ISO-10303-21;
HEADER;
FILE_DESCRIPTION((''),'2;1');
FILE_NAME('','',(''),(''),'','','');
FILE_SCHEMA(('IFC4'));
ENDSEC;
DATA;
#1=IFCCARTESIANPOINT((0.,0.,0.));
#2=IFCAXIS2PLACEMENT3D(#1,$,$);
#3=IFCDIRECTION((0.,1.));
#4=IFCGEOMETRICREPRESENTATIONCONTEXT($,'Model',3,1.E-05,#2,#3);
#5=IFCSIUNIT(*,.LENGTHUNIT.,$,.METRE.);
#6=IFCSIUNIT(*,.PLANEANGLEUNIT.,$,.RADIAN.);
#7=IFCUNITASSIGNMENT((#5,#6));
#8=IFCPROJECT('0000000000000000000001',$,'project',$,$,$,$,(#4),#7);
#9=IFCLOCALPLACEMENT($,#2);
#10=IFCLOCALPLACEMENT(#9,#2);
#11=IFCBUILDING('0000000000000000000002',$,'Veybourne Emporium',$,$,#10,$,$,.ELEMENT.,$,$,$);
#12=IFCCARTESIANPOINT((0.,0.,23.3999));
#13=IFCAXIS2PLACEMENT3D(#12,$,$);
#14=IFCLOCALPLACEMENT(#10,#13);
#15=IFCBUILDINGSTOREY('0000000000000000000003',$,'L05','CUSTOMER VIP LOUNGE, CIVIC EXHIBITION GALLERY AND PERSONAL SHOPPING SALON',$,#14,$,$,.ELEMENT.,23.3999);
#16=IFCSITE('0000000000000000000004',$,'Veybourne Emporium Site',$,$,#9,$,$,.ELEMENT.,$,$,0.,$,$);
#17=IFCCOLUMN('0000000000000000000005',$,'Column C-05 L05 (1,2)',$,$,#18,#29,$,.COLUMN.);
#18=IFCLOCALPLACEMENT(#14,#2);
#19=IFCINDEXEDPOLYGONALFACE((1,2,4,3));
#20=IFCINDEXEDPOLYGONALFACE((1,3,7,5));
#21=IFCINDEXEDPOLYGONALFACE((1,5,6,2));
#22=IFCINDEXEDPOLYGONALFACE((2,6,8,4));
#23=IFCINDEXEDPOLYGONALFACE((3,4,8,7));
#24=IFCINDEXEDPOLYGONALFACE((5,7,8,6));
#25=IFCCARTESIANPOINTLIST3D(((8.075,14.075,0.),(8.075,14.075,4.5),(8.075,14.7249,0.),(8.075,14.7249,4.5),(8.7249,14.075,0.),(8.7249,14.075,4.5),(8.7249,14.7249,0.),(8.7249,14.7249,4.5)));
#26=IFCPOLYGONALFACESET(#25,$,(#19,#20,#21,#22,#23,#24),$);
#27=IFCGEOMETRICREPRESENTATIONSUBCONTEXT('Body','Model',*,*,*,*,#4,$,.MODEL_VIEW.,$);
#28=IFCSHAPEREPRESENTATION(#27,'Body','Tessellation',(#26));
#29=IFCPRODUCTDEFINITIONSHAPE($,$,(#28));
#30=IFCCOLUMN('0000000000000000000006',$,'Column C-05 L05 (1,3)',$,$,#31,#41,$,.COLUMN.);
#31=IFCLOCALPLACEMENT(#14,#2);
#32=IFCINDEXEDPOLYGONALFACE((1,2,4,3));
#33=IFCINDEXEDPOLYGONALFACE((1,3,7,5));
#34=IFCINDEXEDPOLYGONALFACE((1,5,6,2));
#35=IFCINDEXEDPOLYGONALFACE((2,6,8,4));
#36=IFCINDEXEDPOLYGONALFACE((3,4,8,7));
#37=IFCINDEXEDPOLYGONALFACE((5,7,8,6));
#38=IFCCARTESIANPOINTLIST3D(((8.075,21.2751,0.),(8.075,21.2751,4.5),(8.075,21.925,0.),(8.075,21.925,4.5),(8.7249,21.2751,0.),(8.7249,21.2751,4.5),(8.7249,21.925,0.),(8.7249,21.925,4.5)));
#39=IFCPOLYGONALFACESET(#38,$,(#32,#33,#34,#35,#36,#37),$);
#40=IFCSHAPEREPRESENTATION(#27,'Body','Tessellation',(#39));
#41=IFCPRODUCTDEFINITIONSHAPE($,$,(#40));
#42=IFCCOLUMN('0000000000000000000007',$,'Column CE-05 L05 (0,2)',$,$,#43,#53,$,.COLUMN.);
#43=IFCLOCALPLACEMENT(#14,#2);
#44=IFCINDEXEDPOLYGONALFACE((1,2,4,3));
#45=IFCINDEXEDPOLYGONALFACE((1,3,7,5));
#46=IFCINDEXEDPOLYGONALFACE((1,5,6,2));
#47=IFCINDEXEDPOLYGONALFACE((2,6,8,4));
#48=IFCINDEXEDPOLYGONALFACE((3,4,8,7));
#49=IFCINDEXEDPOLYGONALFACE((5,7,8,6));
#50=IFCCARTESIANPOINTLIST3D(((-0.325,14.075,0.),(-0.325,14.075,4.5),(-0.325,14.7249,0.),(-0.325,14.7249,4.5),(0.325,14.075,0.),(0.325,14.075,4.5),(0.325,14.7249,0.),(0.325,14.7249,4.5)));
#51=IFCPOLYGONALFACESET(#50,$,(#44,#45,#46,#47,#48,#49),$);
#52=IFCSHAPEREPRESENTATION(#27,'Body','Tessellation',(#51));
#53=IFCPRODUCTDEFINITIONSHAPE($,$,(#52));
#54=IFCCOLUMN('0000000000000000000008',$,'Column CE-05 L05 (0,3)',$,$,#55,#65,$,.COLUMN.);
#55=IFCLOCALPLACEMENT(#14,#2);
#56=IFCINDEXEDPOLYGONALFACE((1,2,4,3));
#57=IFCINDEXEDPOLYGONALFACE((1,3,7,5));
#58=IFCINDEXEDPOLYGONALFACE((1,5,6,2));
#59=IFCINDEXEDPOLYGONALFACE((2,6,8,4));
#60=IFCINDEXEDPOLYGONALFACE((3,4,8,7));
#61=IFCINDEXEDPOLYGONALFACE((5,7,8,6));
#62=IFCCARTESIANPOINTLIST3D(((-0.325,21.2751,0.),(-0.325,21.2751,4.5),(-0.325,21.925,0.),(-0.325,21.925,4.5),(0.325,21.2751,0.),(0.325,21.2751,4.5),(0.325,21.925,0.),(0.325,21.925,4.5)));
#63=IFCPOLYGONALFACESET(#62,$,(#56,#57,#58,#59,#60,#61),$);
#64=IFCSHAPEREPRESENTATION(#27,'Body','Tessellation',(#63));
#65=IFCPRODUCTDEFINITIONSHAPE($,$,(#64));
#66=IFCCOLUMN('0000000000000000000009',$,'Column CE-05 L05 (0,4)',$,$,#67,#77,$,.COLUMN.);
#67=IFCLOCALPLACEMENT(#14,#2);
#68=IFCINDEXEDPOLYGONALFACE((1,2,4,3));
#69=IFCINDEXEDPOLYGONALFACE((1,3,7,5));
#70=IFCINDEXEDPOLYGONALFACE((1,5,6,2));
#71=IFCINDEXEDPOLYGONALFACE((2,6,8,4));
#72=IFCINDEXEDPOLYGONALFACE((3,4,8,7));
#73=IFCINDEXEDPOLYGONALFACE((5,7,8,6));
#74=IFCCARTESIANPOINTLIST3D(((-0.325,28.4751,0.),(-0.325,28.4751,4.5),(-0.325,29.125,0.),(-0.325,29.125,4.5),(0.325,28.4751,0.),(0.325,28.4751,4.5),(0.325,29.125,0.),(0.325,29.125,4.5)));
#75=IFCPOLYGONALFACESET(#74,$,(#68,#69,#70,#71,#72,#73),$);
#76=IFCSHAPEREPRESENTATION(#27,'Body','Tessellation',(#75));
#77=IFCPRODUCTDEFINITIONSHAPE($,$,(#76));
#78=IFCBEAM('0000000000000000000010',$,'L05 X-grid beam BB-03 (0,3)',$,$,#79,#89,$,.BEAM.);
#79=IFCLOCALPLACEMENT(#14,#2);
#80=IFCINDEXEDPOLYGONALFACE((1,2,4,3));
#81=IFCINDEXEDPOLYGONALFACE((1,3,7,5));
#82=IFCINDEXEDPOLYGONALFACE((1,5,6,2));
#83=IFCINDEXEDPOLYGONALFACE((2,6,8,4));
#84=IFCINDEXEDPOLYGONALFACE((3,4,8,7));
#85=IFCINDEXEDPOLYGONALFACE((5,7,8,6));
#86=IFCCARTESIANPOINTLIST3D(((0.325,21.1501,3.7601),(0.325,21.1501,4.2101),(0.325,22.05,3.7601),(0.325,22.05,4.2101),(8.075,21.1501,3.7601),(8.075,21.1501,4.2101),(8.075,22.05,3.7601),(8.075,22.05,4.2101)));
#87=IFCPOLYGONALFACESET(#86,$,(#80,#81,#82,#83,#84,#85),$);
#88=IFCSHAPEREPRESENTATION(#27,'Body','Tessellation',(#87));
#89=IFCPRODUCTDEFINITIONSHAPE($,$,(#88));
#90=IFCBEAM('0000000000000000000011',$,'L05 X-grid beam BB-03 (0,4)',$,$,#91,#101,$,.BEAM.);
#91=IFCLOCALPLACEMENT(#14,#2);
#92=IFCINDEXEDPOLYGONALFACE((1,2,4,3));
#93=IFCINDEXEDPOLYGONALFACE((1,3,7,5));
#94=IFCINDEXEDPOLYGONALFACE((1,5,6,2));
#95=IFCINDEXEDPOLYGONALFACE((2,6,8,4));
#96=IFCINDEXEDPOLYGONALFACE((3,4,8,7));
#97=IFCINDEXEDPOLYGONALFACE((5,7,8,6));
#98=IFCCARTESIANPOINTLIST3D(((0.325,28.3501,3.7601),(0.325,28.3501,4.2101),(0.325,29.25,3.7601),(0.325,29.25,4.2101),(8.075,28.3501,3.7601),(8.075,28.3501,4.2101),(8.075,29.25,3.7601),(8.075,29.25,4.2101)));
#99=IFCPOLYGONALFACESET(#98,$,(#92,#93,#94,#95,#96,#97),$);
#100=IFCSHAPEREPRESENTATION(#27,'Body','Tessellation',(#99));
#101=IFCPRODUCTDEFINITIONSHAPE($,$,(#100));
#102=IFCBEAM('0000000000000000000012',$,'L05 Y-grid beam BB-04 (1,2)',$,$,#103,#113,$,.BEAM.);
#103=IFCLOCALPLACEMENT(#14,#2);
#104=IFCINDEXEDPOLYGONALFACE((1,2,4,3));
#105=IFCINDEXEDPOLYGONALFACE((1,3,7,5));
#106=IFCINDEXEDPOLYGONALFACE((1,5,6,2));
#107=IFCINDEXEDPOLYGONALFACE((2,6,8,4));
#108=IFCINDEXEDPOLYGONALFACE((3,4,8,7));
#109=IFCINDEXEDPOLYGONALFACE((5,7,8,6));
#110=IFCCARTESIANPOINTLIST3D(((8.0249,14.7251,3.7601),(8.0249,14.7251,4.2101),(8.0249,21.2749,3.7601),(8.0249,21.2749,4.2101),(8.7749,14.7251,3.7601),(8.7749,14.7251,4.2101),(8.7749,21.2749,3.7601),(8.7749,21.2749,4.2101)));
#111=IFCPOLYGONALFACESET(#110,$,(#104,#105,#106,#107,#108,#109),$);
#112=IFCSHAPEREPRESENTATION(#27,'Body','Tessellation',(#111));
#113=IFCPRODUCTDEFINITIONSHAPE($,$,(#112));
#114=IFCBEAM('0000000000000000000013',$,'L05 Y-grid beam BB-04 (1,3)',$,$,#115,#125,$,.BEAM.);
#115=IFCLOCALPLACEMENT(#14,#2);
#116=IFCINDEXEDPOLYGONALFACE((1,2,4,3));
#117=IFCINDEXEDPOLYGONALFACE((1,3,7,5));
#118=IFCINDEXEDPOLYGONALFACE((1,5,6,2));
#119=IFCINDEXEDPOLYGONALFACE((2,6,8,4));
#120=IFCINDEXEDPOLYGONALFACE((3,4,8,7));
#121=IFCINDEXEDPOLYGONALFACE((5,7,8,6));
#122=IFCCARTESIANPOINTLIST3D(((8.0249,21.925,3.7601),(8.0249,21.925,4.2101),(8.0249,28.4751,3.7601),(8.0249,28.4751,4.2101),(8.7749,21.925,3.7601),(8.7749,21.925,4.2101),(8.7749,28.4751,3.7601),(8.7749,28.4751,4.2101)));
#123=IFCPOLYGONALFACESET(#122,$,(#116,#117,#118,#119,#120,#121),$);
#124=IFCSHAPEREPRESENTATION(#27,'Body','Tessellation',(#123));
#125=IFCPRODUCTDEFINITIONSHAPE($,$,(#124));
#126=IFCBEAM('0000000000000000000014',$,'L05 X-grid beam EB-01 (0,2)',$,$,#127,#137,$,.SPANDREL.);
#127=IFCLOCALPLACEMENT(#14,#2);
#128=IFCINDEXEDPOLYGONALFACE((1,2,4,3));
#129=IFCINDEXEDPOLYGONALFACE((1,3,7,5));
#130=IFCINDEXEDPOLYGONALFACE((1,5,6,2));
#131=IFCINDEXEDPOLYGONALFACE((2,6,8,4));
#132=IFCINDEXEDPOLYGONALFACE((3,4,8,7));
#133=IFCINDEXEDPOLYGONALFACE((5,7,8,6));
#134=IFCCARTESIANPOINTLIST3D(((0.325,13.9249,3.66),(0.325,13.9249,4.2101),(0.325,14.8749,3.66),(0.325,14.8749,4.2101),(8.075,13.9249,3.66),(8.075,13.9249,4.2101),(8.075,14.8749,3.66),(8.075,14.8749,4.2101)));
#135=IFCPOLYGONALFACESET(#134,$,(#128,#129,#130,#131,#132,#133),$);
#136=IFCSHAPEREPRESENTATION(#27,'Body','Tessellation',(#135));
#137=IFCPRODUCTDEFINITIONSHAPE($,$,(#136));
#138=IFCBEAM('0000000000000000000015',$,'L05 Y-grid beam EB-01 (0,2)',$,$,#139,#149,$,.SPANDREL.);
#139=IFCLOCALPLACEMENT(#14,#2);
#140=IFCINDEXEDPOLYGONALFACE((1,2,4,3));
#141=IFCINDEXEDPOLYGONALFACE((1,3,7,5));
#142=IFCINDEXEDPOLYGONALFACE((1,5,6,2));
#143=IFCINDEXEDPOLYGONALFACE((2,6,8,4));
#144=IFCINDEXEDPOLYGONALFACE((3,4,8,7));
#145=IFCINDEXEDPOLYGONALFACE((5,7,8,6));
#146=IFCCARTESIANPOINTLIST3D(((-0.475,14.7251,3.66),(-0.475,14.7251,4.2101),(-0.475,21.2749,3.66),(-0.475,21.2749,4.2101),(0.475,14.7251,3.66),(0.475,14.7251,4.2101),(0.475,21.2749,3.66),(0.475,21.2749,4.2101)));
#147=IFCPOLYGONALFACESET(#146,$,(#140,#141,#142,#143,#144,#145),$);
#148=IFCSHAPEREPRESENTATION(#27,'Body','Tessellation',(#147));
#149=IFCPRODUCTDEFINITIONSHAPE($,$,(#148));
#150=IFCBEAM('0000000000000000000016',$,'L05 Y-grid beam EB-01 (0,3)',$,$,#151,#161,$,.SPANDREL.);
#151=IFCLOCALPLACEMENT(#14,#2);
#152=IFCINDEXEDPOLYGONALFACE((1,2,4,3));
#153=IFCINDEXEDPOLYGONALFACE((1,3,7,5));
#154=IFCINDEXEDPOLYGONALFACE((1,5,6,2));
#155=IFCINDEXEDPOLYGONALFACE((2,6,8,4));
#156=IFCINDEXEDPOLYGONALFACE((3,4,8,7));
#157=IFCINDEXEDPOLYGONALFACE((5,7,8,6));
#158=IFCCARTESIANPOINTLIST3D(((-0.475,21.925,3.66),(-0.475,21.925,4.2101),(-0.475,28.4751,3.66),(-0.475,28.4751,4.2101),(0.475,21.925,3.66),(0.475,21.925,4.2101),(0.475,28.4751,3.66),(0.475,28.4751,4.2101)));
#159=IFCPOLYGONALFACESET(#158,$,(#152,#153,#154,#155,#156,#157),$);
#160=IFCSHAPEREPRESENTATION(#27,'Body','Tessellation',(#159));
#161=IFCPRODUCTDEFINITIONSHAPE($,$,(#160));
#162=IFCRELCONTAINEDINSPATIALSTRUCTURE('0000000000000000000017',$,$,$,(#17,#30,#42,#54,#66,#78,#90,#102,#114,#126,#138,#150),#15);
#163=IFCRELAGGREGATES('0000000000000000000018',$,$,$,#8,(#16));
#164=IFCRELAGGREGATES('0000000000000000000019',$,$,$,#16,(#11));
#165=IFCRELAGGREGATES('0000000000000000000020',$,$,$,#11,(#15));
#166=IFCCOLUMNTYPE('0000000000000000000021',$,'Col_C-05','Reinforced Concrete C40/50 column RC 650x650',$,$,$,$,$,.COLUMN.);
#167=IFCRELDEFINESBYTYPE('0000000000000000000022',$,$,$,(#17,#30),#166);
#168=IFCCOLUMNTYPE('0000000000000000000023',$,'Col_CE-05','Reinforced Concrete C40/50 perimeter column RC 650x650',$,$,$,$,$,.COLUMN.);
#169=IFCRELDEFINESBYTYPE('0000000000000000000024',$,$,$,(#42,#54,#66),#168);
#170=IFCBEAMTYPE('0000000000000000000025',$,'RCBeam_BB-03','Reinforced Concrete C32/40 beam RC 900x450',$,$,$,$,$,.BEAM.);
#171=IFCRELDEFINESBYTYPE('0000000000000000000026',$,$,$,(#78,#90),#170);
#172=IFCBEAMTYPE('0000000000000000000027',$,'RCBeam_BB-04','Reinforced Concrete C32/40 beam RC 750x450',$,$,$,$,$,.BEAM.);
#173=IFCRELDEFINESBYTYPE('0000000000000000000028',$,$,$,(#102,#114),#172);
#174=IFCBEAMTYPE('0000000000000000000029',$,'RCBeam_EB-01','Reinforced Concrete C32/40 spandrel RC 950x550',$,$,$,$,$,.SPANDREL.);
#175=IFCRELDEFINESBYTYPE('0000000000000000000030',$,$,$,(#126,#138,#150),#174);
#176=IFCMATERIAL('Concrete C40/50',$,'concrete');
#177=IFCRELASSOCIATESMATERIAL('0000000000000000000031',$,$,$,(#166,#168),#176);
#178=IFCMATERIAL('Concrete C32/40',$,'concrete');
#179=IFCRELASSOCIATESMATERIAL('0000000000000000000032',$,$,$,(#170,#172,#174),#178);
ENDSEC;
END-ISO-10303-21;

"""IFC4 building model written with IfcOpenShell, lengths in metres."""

from ifc_helpers import new_model, si_unit, direction, frame, origin, origin_2d, place, context, subcontext, project, spatial, rectangle, extrude, material, material_profile, profile_set, type_object, element, save


model = new_model("IFC4")

# Units and contexts
model_context = context("Model", 3, precision=1e-05, world=origin(), true_north=direction((0.0, 1.0)))
body_context = subcontext(model_context, "Body", "Model", "MODEL_VIEW")
ifc_project = project(units=[si_unit("LENGTHUNIT", "METRE"), si_unit("PLANEANGLEUNIT", "RADIAN")], contexts=[model_context])

# Site, building, storey
site_placement = place(None, origin())
site = spatial("IfcSite", under=ifc_project, at=site_placement, Name="Veybourne Emporium Site", CompositionType="ELEMENT", RefElevation=0.0)
building_placement = place(site_placement, origin())
building = spatial("IfcBuilding", under=site, at=building_placement, Name="Veybourne Emporium", CompositionType="ELEMENT")
storey_placement = place(building_placement, frame((0.0, 0.0, 23.3999)))
storey = spatial("IfcBuildingStorey", under=building, at=storey_placement, Name="L05", Description="CUSTOMER VIP LOUNGE, CIVIC EXHIBITION GALLERY AND PERSONAL SHOPPING SALON", CompositionType="ELEMENT", Elevation=23.3999)

# Columns
ifc_material_1 = material(Name="Concrete C40/50", Category="concrete")
ifc_material_profile_1 = material_profile(ifc_material_1, rectangle(XDim=0.6499, YDim=0.6499, at=origin_2d()), Name="RC 650x650")
ifc_profile_set_1 = profile_set([ifc_material_profile_1], Name="Concrete C40/50")
column_type_1 = type_object("IfcColumnType", Name="Col_C-05", Description="Reinforced Concrete C40/50 column RC 650x650", PredefinedType="COLUMN", material=ifc_profile_set_1)
for number, where, z_axis, x_axis, name in (
    (1, (8.3999, 14.3999, 0.0), (0.0, 0.0, 1.0), (1.0, 0.0, 0.0), "Column C-05 L05 (1,2)"),
    (2, (8.3999, 21.6001, 0.0), (0.0, 0.0, 1.0), (1.0, 0.0, 0.0), "Column C-05 L05 (1,3)"),
):
    element("IfcColumn", number, at=place(storey_placement, frame(where, z_axis=z_axis, x_axis=x_axis)), inside=storey, type_object=column_type_1, Name=name, PredefinedType="COLUMN", context=body_context, shape_type="SweptSolid", body=[
        extrude(rectangle(XDim=0.6499, YDim=0.6499, at=origin_2d()), origin(), (0.0, 0.0, 1.0), 4.5),
    ])
ifc_material_profile_2 = material_profile(ifc_material_1, rectangle(XDim=0.6499, YDim=0.6499, at=origin_2d()), Name="RC 650x650")
ifc_profile_set_2 = profile_set([ifc_material_profile_2], Name="Concrete C40/50")
column_type_2 = type_object("IfcColumnType", Name="Col_CE-05", Description="Reinforced Concrete C40/50 perimeter column RC 650x650", PredefinedType="COLUMN", material=ifc_profile_set_2)
for number, where, z_axis, x_axis, name in (
    (3, (0.0, 14.3999, 0.0), (0.0, 0.0, 1.0), (1.0, 0.0, 0.0), "Column CE-05 L05 (0,2)"),
    (4, (0.0, 21.6001, 0.0), (0.0, 0.0, 1.0), (1.0, 0.0, 0.0), "Column CE-05 L05 (0,3)"),
    (5, (0.0, 28.8, 0.0), (0.0, 0.0, 1.0), (1.0, 0.0, 0.0), "Column CE-05 L05 (0,4)"),
):
    element("IfcColumn", number, at=place(storey_placement, frame(where, z_axis=z_axis, x_axis=x_axis)), inside=storey, type_object=column_type_2, Name=name, PredefinedType="COLUMN", context=body_context, shape_type="SweptSolid", body=[
        extrude(rectangle(XDim=0.6499, YDim=0.6499, at=origin_2d()), origin(), (0.0, 0.0, 1.0), 4.5),
    ])

# Beams
ifc_material_2 = material(Name="Concrete C32/40", Category="concrete")
ifc_material_profile_3 = material_profile(ifc_material_2, rectangle(XDim=0.8999, YDim=0.45, at=origin_2d()), Name="RC 900x450")
ifc_profile_set_3 = profile_set([ifc_material_profile_3], Name="Concrete C32/40")
beam_type_1 = type_object("IfcBeamType", Name="RCBeam_BB-03", Description="Reinforced Concrete C32/40 beam RC 900x450", PredefinedType="BEAM", material=ifc_profile_set_3)
for number, where, z_axis, x_axis, name in (
    (6, (0.325, 21.6001, 3.9851), (1.0, 0.0, 0.0), (0.0, 1.0, 0.0), "L05 X-grid beam BB-03 (0,3)"),
    (7, (0.325, 28.8, 3.9851), (1.0, 0.0, 0.0), (0.0, 1.0, 0.0), "L05 X-grid beam BB-03 (0,4)"),
):
    element("IfcBeam", number, at=place(storey_placement, frame(where, z_axis=z_axis, x_axis=x_axis)), inside=storey, type_object=beam_type_1, Name=name, PredefinedType="BEAM", context=body_context, shape_type="SweptSolid", body=[
        extrude(rectangle(XDim=0.8999, YDim=0.45, at=origin_2d()), origin(), (0.0, 0.0, 1.0), 7.75),
    ])
ifc_material_profile_4 = material_profile(ifc_material_2, rectangle(XDim=0.75, YDim=0.45, at=origin_2d()), Name="RC 750x450")
ifc_profile_set_4 = profile_set([ifc_material_profile_4], Name="Concrete C32/40")
beam_type_2 = type_object("IfcBeamType", Name="RCBeam_BB-04", Description="Reinforced Concrete C32/40 beam RC 750x450", PredefinedType="BEAM", material=ifc_profile_set_4)
beam_1_placement = place(storey_placement, frame((8.3999, 14.7251, 3.9851), z_axis=(0.0, 1.0, 0.0), x_axis=(-1.0, 0.0, 0.0)))
element("IfcBeam", 8, at=beam_1_placement, inside=storey, type_object=beam_type_2, Name="L05 Y-grid beam BB-04 (1,2)", PredefinedType="BEAM", context=body_context, shape_type="SweptSolid", body=[
    extrude(rectangle(XDim=0.75, YDim=0.45, at=origin_2d()), origin(), (0.0, 0.0, 1.0), 6.5498),
])
beam_2_placement = place(storey_placement, frame((8.3999, 21.925, 3.9851), z_axis=(0.0, 1.0, 0.0), x_axis=(-1.0, 0.0, 0.0)))
element("IfcBeam", 9, at=beam_2_placement, inside=storey, type_object=beam_type_2, Name="L05 Y-grid beam BB-04 (1,3)", PredefinedType="BEAM", context=body_context, shape_type="SweptSolid", body=[
    extrude(rectangle(XDim=0.75, YDim=0.45, at=origin_2d()), origin(), (0.0, 0.0, 1.0), 6.55),
])
ifc_material_profile_5 = material_profile(ifc_material_2, rectangle(XDim=0.95, YDim=0.55, at=origin_2d()), Name="RC 950x550")
ifc_profile_set_5 = profile_set([ifc_material_profile_5], Name="Concrete C32/40")
beam_type_3 = type_object("IfcBeamType", Name="RCBeam_EB-01", Description="Reinforced Concrete C32/40 spandrel RC 950x550", PredefinedType="SPANDREL", material=ifc_profile_set_5)
beam_3_placement = place(storey_placement, frame((0.325, 14.3999, 3.9351), z_axis=(1.0, 0.0, 0.0), x_axis=(0.0, 1.0, 0.0)))
element("IfcBeam", 10, at=beam_3_placement, inside=storey, type_object=beam_type_3, Name="L05 X-grid beam EB-01 (0,2)", PredefinedType="SPANDREL", context=body_context, shape_type="SweptSolid", body=[
    extrude(rectangle(XDim=0.95, YDim=0.55, at=origin_2d()), origin(), (0.0, 0.0, 1.0), 7.75),
])
beam_4_placement = place(storey_placement, frame((0.0, 14.7251, 3.9351), z_axis=(0.0, 1.0, 0.0), x_axis=(-1.0, 0.0, 0.0)))
element("IfcBeam", 11, at=beam_4_placement, inside=storey, type_object=beam_type_3, Name="L05 Y-grid beam EB-01 (0,2)", PredefinedType="SPANDREL", context=body_context, shape_type="SweptSolid", body=[
    extrude(rectangle(XDim=0.95, YDim=0.55, at=origin_2d()), origin(), (0.0, 0.0, 1.0), 6.5498),
])
beam_5_placement = place(storey_placement, frame((0.0, 21.925, 3.9351), z_axis=(0.0, 1.0, 0.0), x_axis=(-1.0, 0.0, 0.0)))
element("IfcBeam", 12, at=beam_5_placement, inside=storey, type_object=beam_type_3, Name="L05 Y-grid beam EB-01 (0,3)", PredefinedType="SPANDREL", context=body_context, shape_type="SweptSolid", body=[
    extrude(rectangle(XDim=0.95, YDim=0.55, at=origin_2d()), origin(), (0.0, 0.0, 1.0), 6.55),
])

save(model, "model.ifc")
